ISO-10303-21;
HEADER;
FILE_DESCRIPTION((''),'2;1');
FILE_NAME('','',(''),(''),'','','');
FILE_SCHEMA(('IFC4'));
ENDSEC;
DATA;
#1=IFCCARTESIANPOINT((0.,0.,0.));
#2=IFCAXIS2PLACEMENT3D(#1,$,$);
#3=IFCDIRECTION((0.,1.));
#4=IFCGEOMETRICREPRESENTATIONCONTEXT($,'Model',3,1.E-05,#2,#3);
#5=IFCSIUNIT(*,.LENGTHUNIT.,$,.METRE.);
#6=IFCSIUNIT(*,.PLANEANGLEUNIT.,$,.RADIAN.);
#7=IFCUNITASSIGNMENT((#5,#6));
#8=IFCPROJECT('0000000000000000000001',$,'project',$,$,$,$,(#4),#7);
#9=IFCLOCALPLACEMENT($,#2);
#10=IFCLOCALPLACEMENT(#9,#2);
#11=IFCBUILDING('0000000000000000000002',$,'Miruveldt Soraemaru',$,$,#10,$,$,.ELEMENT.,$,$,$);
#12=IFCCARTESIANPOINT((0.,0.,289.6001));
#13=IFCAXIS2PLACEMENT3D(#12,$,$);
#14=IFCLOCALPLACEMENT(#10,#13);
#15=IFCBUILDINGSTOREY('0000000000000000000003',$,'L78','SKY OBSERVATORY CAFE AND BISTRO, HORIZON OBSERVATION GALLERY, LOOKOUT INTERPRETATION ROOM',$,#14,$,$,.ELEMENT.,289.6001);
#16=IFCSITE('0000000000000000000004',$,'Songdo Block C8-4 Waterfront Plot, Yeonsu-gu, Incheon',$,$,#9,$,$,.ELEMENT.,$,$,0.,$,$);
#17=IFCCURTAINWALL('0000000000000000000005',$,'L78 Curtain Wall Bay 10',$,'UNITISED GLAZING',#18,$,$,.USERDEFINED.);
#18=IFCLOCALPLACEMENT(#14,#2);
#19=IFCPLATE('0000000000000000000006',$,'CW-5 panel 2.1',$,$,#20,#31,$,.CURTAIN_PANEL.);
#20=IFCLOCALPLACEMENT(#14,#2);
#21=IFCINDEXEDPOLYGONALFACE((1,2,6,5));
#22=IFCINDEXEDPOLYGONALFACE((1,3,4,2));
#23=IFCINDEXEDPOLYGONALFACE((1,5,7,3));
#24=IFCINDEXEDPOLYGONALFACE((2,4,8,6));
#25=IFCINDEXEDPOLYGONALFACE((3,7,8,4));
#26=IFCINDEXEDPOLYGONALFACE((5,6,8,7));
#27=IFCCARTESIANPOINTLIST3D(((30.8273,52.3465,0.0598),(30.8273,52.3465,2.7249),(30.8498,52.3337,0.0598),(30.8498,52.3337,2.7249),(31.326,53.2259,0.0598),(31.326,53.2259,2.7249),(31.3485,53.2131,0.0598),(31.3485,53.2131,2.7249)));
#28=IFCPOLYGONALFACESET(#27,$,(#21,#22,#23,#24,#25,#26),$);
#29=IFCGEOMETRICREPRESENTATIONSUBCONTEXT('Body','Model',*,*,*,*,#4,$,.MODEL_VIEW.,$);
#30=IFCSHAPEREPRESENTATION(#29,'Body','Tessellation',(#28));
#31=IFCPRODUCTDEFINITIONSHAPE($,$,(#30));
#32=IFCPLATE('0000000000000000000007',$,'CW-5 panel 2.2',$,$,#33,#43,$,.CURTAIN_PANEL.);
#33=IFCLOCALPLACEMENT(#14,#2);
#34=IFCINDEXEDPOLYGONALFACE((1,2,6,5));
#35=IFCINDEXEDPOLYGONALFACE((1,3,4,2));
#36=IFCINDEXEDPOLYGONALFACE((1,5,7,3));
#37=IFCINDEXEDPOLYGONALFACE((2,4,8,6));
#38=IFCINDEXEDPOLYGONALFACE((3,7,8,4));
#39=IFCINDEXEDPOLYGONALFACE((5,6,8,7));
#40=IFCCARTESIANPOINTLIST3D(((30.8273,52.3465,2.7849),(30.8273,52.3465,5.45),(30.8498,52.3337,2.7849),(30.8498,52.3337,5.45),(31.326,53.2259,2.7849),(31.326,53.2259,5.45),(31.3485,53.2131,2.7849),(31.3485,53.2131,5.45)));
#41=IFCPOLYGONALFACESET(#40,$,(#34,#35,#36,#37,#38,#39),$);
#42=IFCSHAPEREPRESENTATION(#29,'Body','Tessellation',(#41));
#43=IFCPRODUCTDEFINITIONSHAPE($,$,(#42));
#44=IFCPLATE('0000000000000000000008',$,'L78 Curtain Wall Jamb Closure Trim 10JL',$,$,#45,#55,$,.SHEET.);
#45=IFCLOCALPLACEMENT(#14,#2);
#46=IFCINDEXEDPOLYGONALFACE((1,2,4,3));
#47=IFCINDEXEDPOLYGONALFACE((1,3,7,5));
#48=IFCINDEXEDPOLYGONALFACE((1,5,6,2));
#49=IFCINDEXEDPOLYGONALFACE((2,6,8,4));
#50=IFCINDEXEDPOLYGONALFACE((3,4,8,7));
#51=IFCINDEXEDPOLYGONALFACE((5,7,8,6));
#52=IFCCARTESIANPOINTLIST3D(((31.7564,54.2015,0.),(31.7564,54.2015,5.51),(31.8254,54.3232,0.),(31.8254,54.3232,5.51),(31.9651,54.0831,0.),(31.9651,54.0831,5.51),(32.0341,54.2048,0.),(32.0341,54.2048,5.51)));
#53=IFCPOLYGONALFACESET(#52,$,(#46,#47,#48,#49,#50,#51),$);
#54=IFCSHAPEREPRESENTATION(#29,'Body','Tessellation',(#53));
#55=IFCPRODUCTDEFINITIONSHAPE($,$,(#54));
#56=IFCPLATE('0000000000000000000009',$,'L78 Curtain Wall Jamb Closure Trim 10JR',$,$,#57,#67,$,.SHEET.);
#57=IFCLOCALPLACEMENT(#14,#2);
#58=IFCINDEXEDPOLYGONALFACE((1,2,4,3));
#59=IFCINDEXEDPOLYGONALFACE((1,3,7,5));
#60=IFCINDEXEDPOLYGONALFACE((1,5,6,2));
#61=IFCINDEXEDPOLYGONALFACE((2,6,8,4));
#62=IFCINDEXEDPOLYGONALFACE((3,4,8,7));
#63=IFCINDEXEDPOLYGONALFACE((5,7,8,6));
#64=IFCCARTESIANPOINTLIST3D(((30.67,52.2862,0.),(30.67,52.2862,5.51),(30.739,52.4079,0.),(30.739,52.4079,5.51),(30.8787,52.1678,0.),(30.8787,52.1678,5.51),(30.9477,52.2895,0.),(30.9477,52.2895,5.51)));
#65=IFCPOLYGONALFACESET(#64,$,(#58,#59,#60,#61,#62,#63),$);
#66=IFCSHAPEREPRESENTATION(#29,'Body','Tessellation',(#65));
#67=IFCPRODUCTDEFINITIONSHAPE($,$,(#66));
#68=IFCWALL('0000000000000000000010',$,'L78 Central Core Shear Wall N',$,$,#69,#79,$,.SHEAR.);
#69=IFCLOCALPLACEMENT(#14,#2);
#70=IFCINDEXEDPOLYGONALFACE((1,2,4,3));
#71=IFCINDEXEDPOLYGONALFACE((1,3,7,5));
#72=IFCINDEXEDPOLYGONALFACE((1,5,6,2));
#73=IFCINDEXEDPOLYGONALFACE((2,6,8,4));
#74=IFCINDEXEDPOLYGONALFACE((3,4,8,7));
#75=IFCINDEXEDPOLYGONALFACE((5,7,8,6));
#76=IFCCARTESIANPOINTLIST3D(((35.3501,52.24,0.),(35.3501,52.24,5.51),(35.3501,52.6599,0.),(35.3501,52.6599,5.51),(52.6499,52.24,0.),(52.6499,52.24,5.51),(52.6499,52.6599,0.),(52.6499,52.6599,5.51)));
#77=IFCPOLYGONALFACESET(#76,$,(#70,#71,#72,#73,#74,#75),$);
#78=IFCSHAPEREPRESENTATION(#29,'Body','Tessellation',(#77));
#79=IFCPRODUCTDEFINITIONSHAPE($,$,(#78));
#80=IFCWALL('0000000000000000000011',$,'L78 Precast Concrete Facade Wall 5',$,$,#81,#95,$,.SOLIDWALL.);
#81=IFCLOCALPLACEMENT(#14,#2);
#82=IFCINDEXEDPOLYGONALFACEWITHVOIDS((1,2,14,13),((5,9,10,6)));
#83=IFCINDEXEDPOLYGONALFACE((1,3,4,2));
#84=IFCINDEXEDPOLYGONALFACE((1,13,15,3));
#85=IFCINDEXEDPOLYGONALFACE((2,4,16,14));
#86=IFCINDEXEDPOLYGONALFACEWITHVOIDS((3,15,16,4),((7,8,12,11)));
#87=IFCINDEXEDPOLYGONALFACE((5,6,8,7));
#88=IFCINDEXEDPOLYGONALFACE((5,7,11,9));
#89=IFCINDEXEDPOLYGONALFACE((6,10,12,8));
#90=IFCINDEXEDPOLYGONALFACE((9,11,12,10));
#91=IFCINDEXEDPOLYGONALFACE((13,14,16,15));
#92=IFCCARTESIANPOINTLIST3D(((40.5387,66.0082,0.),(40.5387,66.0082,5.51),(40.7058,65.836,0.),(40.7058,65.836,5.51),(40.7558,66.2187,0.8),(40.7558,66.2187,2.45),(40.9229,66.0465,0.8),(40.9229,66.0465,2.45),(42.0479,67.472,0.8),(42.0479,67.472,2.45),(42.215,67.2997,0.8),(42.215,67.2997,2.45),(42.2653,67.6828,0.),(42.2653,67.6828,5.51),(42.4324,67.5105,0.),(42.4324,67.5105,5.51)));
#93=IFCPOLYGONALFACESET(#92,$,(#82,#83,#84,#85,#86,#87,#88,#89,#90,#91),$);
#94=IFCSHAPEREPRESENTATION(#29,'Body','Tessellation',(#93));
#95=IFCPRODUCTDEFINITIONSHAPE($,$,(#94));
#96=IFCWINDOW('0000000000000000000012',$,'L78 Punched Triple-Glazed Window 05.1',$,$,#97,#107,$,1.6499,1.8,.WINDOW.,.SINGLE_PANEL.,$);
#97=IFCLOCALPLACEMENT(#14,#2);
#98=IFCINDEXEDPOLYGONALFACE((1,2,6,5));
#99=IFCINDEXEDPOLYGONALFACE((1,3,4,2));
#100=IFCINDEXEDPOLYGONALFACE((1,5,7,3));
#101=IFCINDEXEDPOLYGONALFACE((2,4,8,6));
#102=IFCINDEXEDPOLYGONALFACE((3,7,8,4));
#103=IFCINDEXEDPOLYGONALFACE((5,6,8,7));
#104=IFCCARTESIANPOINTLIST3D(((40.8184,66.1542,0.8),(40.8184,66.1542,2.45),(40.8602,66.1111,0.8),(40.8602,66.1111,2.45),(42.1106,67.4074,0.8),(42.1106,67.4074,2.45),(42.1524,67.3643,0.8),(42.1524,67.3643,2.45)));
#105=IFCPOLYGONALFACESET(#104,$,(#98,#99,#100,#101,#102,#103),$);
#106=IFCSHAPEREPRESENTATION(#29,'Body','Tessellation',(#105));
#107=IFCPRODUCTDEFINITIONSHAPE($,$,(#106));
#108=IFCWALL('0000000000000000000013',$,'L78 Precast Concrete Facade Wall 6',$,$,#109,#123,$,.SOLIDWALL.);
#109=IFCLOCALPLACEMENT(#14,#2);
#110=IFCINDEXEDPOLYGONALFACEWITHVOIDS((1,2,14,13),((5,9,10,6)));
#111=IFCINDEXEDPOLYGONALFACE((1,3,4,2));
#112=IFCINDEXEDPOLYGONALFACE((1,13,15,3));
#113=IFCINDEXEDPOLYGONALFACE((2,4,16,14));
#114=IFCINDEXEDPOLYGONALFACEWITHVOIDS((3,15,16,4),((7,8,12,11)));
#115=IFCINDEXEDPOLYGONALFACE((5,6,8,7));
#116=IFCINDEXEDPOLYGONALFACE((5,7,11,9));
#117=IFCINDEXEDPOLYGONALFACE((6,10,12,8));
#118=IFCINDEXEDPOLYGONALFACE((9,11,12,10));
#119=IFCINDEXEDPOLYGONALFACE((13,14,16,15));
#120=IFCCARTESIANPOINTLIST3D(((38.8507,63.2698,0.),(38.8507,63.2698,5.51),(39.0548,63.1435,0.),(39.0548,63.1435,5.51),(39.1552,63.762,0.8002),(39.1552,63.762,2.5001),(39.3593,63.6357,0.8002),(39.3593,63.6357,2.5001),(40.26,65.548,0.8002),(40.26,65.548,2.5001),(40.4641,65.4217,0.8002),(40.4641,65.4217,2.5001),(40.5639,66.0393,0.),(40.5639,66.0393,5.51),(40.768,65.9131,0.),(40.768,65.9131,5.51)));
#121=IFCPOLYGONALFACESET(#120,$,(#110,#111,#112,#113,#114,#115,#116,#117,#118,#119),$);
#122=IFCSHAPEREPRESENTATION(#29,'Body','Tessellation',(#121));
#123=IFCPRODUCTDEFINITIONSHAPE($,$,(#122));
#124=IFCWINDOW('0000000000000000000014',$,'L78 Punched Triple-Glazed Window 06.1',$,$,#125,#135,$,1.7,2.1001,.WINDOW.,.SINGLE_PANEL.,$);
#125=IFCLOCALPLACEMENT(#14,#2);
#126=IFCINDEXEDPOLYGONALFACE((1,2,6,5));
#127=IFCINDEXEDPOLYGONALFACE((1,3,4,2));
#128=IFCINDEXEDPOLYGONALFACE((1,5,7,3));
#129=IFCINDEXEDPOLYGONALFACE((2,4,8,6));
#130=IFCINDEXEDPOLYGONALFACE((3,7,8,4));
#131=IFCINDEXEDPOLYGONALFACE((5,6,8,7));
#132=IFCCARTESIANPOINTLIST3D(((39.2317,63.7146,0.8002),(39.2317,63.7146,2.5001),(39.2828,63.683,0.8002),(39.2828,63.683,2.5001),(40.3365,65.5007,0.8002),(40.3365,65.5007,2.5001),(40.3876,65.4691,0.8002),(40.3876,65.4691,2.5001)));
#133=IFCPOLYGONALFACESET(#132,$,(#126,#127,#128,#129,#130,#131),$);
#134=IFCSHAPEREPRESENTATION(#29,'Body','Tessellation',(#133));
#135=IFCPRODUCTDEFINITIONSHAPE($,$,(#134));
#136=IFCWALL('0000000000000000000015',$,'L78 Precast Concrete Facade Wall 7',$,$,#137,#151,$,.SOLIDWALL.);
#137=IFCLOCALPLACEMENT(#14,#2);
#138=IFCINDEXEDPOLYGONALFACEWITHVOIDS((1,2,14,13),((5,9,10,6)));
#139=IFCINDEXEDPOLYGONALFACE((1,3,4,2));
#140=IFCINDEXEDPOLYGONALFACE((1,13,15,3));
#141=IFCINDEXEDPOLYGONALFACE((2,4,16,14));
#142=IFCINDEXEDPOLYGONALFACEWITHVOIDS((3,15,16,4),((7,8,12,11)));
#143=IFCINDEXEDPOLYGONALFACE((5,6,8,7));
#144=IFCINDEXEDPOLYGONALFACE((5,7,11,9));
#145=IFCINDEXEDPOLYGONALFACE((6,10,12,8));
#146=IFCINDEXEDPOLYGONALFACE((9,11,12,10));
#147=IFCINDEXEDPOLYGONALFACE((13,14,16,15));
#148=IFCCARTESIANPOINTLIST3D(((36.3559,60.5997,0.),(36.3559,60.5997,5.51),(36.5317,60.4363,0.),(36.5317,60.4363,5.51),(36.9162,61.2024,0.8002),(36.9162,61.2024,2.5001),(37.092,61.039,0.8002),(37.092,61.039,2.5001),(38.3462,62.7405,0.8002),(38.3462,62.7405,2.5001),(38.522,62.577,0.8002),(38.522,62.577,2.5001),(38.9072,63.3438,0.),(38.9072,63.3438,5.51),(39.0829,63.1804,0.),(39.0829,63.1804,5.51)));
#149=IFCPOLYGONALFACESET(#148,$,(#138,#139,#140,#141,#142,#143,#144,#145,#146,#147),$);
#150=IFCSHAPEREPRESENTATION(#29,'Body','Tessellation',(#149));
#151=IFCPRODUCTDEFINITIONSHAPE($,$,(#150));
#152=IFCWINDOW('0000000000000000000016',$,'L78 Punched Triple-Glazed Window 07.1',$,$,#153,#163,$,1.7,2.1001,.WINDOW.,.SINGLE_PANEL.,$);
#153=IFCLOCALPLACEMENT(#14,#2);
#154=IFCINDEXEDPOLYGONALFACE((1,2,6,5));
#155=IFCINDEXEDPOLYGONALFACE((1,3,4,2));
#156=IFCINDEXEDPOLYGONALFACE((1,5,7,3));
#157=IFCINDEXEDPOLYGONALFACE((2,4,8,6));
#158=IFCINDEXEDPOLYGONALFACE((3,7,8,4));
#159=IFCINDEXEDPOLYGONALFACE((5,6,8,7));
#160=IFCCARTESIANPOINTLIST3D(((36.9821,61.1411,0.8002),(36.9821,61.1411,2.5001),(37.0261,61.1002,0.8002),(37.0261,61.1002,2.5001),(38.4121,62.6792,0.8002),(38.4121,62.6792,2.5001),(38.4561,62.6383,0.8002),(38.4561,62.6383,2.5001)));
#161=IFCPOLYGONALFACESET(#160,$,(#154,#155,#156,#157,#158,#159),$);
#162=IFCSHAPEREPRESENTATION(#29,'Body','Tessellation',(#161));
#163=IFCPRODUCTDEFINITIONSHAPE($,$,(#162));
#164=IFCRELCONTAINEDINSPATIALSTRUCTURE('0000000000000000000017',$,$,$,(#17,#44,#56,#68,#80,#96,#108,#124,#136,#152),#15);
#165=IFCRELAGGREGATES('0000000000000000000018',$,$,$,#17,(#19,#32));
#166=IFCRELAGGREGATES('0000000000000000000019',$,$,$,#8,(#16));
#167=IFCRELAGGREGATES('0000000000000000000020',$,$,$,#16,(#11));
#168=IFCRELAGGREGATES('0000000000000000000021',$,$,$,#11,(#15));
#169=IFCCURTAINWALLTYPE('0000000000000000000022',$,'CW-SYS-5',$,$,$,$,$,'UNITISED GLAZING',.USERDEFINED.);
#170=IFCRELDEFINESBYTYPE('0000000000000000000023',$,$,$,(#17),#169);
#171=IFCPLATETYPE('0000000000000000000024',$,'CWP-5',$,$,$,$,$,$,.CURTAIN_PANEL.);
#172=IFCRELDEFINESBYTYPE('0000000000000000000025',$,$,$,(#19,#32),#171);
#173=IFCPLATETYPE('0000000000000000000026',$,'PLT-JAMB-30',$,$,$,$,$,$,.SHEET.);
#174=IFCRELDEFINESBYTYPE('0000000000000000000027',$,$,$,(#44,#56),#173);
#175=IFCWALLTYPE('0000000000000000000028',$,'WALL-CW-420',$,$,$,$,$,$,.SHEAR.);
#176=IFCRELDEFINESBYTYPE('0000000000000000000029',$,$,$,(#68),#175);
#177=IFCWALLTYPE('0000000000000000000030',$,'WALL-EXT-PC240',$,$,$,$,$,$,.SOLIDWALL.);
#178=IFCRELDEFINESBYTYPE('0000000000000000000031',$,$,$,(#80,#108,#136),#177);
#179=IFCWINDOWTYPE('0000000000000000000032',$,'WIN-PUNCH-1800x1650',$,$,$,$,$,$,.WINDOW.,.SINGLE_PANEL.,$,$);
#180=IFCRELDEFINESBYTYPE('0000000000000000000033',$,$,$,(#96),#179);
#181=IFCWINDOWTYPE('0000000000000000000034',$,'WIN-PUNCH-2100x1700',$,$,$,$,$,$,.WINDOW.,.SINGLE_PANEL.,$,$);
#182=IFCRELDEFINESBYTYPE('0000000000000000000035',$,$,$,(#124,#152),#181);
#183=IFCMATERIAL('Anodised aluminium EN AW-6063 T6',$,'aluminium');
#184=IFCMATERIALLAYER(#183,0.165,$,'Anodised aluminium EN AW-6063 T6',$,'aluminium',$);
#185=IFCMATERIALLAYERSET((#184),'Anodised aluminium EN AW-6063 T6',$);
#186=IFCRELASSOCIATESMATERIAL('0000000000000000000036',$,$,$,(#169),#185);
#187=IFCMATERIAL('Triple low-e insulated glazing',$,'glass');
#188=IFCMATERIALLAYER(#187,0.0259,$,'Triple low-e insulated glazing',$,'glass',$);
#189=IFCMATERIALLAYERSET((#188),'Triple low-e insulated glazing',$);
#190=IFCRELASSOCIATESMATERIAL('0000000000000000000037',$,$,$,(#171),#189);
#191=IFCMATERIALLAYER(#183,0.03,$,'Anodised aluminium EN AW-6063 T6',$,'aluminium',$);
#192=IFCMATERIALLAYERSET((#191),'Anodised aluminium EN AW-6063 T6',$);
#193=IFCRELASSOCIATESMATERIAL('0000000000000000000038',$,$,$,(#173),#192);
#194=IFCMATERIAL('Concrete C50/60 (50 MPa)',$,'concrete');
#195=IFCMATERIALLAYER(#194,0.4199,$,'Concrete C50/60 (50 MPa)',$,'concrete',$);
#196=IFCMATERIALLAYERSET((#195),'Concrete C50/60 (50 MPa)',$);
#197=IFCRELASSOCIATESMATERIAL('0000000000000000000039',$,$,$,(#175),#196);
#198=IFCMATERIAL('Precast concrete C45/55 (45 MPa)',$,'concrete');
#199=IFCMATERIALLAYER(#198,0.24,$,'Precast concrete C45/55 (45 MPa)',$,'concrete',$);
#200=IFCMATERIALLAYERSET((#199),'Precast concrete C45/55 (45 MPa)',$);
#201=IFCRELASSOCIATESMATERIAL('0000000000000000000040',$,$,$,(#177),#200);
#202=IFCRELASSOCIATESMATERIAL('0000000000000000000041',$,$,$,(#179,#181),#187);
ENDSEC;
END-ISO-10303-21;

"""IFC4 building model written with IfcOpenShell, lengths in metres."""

from ifc_helpers import new_model, si_unit, direction, frame, frame_2d, origin, origin_2d, place, context, subcontext, project, spatial, rectangle, extrude, material, layer, layer_set, type_object, element, fill, aggregate, save


model = new_model("IFC4")

# Units and contexts
model_context = context("Model", 3, precision=1e-05, world=origin(), true_north=direction((0.0, 1.0)))
body_context = subcontext(model_context, "Body", "Model", "MODEL_VIEW")
ifc_project = project(units=[si_unit("LENGTHUNIT", "METRE"), si_unit("PLANEANGLEUNIT", "RADIAN")], contexts=[model_context])

# Site, building, storey
site_placement = place(None, origin())
site = spatial("IfcSite", under=ifc_project, at=site_placement, Name="Songdo Block C8-4 Waterfront Plot, Yeonsu-gu, Incheon", CompositionType="ELEMENT", RefElevation=0.0)
building_placement = place(site_placement, origin())
building = spatial("IfcBuilding", under=site, at=building_placement, Name="Miruveldt Soraemaru", CompositionType="ELEMENT")
storey_placement = place(building_placement, frame((0.0, 0.0, 289.6001)))
storey = spatial("IfcBuildingStorey", under=building, at=storey_placement, Name="L78", Description="SKY OBSERVATORY CAFE AND BISTRO, HORIZON OBSERVATION GALLERY, LOOKOUT INTERPRETATION ROOM", CompositionType="ELEMENT", Elevation=289.6001)

# Curtain wall, plates
ifc_material_1 = material(Name="Anodised aluminium EN AW-6063 T6", Category="aluminium")
ifc_layer_1 = layer(ifc_material_1, 0.165, Name="Anodised aluminium EN AW-6063 T6", Category="aluminium")
ifc_layer_set_1 = layer_set([ifc_layer_1], Name="Anodised aluminium EN AW-6063 T6")
curtain_wall_type = type_object("IfcCurtainWallType", Name="CW-SYS-5", ElementType="UNITISED GLAZING", PredefinedType="USERDEFINED", material=ifc_layer_set_1)
curtain_wall_placement = place(storey_placement, origin())
curtain_wall = element("IfcCurtainWall", 1, at=curtain_wall_placement, inside=storey, type_object=curtain_wall_type, Name="L78 Curtain Wall Bay 10", ObjectType="UNITISED GLAZING", PredefinedType="USERDEFINED")
ifc_material_2 = material(Name="Triple low-e insulated glazing", Category="glass")
ifc_layer_2 = layer(ifc_material_2, 0.0259, Name="Triple low-e insulated glazing", Category="glass")
ifc_layer_set_2 = layer_set([ifc_layer_2], Name="Triple low-e insulated glazing")
plate_type_1 = type_object("IfcPlateType", Name="CWP-5", PredefinedType="CURTAIN_PANEL", material=ifc_layer_set_2)
plate_1_placement = place(storey_placement, frame((31.0879, 52.7798, 0.0598), z_axis=(0.0, 0.0, 1.0), x_axis=(-0.493324, -0.869846, 0.0)))
plate_1 = element("IfcPlate", 2, at=plate_1_placement, type_object=plate_type_1, Name="CW-5 panel 2.1", PredefinedType="CURTAIN_PANEL", context=body_context, shape_type="SweptSolid", body=[
    extrude(rectangle(XDim=1.011, YDim=0.0259, at=origin_2d()), origin(), (0.0, 0.0, 1.0), 2.665),
])
plate_2_placement = place(storey_placement, frame((31.0879, 52.7798, 2.7849), z_axis=(0.0, 0.0, 1.0), x_axis=(-0.493324, -0.869846, 0.0)))
plate_2 = element("IfcPlate", 3, at=plate_2_placement, type_object=plate_type_1, Name="CW-5 panel 2.2", PredefinedType="CURTAIN_PANEL", context=body_context, shape_type="SweptSolid", body=[
    extrude(rectangle(XDim=1.011, YDim=0.0259, at=origin_2d()), origin(), (0.0, 0.0, 1.0), 2.665),
])
aggregate(curtain_wall, [plate_1, plate_2])

# Plates
ifc_layer_3 = layer(ifc_material_1, 0.03, Name="Anodised aluminium EN AW-6063 T6", Category="aluminium")
ifc_layer_set_3 = layer_set([ifc_layer_3], Name="Anodised aluminium EN AW-6063 T6")
plate_type_2 = type_object("IfcPlateType", Name="PLT-JAMB-30", PredefinedType="SHEET", material=ifc_layer_set_3)
for number, where, z_axis, x_axis, name in (
    (4, (31.8953, 54.2031, 0.0), (0.0, 0.0, 1.0), (-0.49335, -0.869831, 0.0), "L78 Curtain Wall Jamb Closure Trim 10JL"),
    (5, (30.8088, 52.2878, 0.0), (0.0, 0.0, 1.0), (-0.49335, -0.869831, 0.0), "L78 Curtain Wall Jamb Closure Trim 10JR"),
):
    element("IfcPlate", number, at=place(storey_placement, frame(where, z_axis=z_axis, x_axis=x_axis)), inside=storey, type_object=plate_type_2, Name=name, PredefinedType="SHEET", context=body_context, shape_type="SweptSolid", body=[
        extrude(rectangle(XDim=0.1399, YDim=0.24, at=origin_2d()), origin(), (0.0, 0.0, 1.0), 5.51),
    ])

# Wall
ifc_material_3 = material(Name="Concrete C50/60 (50 MPa)", Category="concrete")
ifc_layer_4 = layer(ifc_material_3, 0.4199, Name="Concrete C50/60 (50 MPa)", Category="concrete")
ifc_layer_set_4 = layer_set([ifc_layer_4], Name="Concrete C50/60 (50 MPa)")
wall_type_1 = type_object("IfcWallType", Name="WALL-CW-420", PredefinedType="SHEAR", material=ifc_layer_set_4)
wall_1_placement = place(storey_placement, frame((35.3501, 52.45, 0.0), z_axis=(0.0, 0.0, 1.0), x_axis=(1.0, 0.0, 0.0)))
element("IfcWall", 6, at=wall_1_placement, inside=storey, type_object=wall_type_1, Name="L78 Central Core Shear Wall N", PredefinedType="SHEAR", context=body_context, shape_type="SweptSolid", body=[
    extrude(rectangle(XDim=17.2998, YDim=0.4199, at=frame_2d((8.6499, 0.0))), origin(), (0.0, 0.0, 1.0), 5.51),
])

# Walls, openings, windows
ifc_material_4 = material(Name="Precast concrete C45/55 (45 MPa)", Category="concrete")
ifc_layer_5 = layer(ifc_material_4, 0.24, Name="Precast concrete C45/55 (45 MPa)", Category="concrete")
ifc_layer_set_5 = layer_set([ifc_layer_5], Name="Precast concrete C45/55 (45 MPa)")
wall_type_2 = type_object("IfcWallType", Name="WALL-EXT-PC240", PredefinedType="SOLIDWALL", material=ifc_layer_set_5)
wall_2_placement = place(storey_placement, frame((42.3489, 67.5967, 0.0), z_axis=(0.0, 0.0, 1.0), x_axis=(-0.717834, -0.696214, 0.0)))
wall_2 = element("IfcWall", 7, at=wall_2_placement, inside=storey, type_object=wall_type_2, Name="L78 Precast Concrete Facade Wall 5", PredefinedType="SOLIDWALL", context=body_context, shape_type="SweptSolid", body=[
    extrude(rectangle(XDim=2.4053, YDim=0.24, at=frame_2d((1.2026, 0.0))), origin(), (0.0, 0.0, 1.0), 5.51),
])
opening_1_placement = place(wall_2_placement, frame((0.303, 0.0, 0.8)))
opening_1 = element("IfcOpeningElement", 8, at=opening_1_placement, cuts=wall_2, PredefinedType="OPENING", context=body_context, shape_type="SweptSolid", body=[
    extrude(rectangle(XDim=1.8, YDim=1.6499, at=frame_2d((0.8999, 0.825))), frame((0.0, 0.1299, 0.0), z_axis=(0.0, -1.0, 0.0), x_axis=(1.0, 0.0, 0.0)), (0.0, 0.0, 1.0), 0.26),
])
window_type_1 = type_object("IfcWindowType", Name="WIN-PUNCH-1800x1650", PartitioningType="SINGLE_PANEL", PredefinedType="WINDOW", material=ifc_material_2)
window_1_placement = place(opening_1_placement, origin())
window_1 = element("IfcWindow", 9, at=window_1_placement, inside=storey, type_object=window_type_1, Name="L78 Punched Triple-Glazed Window 05.1", OverallHeight=1.6499, OverallWidth=1.8, PartitioningType="SINGLE_PANEL", PredefinedType="WINDOW", context=body_context, shape_type="SweptSolid", body=[
    extrude(rectangle(XDim=1.8, YDim=1.6499, at=frame_2d((0.8999, 0.825))), frame((0.0, 0.03, 0.0), z_axis=(0.0, -1.0, 0.0), x_axis=(1.0, 0.0, 0.0)), (0.0, 0.0, 1.0), 0.0601),
])
fill(opening_1, window_1)
wall_3_placement = place(storey_placement, frame((40.666, 65.9763, 0.0), z_axis=(0.0, 0.0, 1.0), x_axis=(-0.526058, -0.850449, 0.0)))
wall_3 = element("IfcWall", 10, at=wall_3_placement, inside=storey, type_object=wall_type_2, Name="L78 Precast Concrete Facade Wall 6", PredefinedType="SOLIDWALL", context=body_context, shape_type="SweptSolid", body=[
    extrude(rectangle(XDim=3.2566, YDim=0.24, at=frame_2d((1.6284, 0.0))), origin(), (0.0, 0.0, 1.0), 5.51),
])
opening_2_placement = place(wall_3_placement, frame((0.5779, 0.0, 0.8)))
opening_2 = element("IfcOpeningElement", 11, at=opening_2_placement, cuts=wall_3, PredefinedType="OPENING", context=body_context, shape_type="SweptSolid", body=[
    extrude(rectangle(XDim=2.1001, YDim=1.7, at=frame_2d((1.05, 0.8501))), frame((0.0, 0.1299, 0.0), z_axis=(0.0, -1.0, 0.0), x_axis=(1.0, 0.0, 0.0)), (0.0, 0.0, 1.0), 0.26),
])
window_type_2 = type_object("IfcWindowType", Name="WIN-PUNCH-2100x1700", PartitioningType="SINGLE_PANEL", PredefinedType="WINDOW", material=ifc_material_2)
window_2_placement = place(opening_2_placement, origin())
window_2 = element("IfcWindow", 12, at=window_2_placement, inside=storey, type_object=window_type_2, Name="L78 Punched Triple-Glazed Window 06.1", OverallHeight=1.7, OverallWidth=2.1001, PartitioningType="SINGLE_PANEL", PredefinedType="WINDOW", context=body_context, shape_type="SweptSolid", body=[
    extrude(rectangle(XDim=2.1001, YDim=1.7, at=frame_2d((1.05, 0.8501))), frame((0.0, 0.03, 0.0), z_axis=(0.0, -1.0, 0.0), x_axis=(1.0, 0.0, 0.0)), (0.0, 0.0, 1.0), 0.0601),
])
fill(opening_2, window_2)
wall_4_placement = place(storey_placement, frame((38.9951, 63.2622, 0.0), z_axis=(0.0, 0.0, 1.0), x_axis=(-0.680901, -0.732376, 0.0)))
wall_4 = element("IfcWall", 13, at=wall_4_placement, inside=storey, type_object=wall_type_2, Name="L78 Precast Concrete Facade Wall 7", PredefinedType="SOLIDWALL", context=body_context, shape_type="SweptSolid", body=[
    extrude(rectangle(XDim=3.7468, YDim=0.24, at=frame_2d((1.8735, 0.0))), origin(), (0.0, 0.0, 1.0), 5.51),
])
opening_3_placement = place(wall_4_placement, frame((0.824, 0.0, 0.8)))
opening_3 = element("IfcOpeningElement", 14, at=opening_3_placement, cuts=wall_4, PredefinedType="OPENING", context=body_context, shape_type="SweptSolid", body=[
    extrude(rectangle(XDim=2.1001, YDim=1.7, at=frame_2d((1.05, 0.8501))), frame((0.0, 0.1299, 0.0), z_axis=(0.0, -1.0, 0.0), x_axis=(1.0, 0.0, 0.0)), (0.0, 0.0, 1.0), 0.26),
])
window_3_placement = place(opening_3_placement, origin())
window_3 = element("IfcWindow", 15, at=window_3_placement, inside=storey, type_object=window_type_2, Name="L78 Punched Triple-Glazed Window 07.1", OverallHeight=1.7, OverallWidth=2.1001, PartitioningType="SINGLE_PANEL", PredefinedType="WINDOW", context=body_context, shape_type="SweptSolid", body=[
    extrude(rectangle(XDim=2.1001, YDim=1.7, at=frame_2d((1.05, 0.8501))), frame((0.0, 0.03, 0.0), z_axis=(0.0, -1.0, 0.0), x_axis=(1.0, 0.0, 0.0)), (0.0, 0.0, 1.0), 0.0601),
])
fill(opening_3, window_3)

save(model, "model.ifc")
